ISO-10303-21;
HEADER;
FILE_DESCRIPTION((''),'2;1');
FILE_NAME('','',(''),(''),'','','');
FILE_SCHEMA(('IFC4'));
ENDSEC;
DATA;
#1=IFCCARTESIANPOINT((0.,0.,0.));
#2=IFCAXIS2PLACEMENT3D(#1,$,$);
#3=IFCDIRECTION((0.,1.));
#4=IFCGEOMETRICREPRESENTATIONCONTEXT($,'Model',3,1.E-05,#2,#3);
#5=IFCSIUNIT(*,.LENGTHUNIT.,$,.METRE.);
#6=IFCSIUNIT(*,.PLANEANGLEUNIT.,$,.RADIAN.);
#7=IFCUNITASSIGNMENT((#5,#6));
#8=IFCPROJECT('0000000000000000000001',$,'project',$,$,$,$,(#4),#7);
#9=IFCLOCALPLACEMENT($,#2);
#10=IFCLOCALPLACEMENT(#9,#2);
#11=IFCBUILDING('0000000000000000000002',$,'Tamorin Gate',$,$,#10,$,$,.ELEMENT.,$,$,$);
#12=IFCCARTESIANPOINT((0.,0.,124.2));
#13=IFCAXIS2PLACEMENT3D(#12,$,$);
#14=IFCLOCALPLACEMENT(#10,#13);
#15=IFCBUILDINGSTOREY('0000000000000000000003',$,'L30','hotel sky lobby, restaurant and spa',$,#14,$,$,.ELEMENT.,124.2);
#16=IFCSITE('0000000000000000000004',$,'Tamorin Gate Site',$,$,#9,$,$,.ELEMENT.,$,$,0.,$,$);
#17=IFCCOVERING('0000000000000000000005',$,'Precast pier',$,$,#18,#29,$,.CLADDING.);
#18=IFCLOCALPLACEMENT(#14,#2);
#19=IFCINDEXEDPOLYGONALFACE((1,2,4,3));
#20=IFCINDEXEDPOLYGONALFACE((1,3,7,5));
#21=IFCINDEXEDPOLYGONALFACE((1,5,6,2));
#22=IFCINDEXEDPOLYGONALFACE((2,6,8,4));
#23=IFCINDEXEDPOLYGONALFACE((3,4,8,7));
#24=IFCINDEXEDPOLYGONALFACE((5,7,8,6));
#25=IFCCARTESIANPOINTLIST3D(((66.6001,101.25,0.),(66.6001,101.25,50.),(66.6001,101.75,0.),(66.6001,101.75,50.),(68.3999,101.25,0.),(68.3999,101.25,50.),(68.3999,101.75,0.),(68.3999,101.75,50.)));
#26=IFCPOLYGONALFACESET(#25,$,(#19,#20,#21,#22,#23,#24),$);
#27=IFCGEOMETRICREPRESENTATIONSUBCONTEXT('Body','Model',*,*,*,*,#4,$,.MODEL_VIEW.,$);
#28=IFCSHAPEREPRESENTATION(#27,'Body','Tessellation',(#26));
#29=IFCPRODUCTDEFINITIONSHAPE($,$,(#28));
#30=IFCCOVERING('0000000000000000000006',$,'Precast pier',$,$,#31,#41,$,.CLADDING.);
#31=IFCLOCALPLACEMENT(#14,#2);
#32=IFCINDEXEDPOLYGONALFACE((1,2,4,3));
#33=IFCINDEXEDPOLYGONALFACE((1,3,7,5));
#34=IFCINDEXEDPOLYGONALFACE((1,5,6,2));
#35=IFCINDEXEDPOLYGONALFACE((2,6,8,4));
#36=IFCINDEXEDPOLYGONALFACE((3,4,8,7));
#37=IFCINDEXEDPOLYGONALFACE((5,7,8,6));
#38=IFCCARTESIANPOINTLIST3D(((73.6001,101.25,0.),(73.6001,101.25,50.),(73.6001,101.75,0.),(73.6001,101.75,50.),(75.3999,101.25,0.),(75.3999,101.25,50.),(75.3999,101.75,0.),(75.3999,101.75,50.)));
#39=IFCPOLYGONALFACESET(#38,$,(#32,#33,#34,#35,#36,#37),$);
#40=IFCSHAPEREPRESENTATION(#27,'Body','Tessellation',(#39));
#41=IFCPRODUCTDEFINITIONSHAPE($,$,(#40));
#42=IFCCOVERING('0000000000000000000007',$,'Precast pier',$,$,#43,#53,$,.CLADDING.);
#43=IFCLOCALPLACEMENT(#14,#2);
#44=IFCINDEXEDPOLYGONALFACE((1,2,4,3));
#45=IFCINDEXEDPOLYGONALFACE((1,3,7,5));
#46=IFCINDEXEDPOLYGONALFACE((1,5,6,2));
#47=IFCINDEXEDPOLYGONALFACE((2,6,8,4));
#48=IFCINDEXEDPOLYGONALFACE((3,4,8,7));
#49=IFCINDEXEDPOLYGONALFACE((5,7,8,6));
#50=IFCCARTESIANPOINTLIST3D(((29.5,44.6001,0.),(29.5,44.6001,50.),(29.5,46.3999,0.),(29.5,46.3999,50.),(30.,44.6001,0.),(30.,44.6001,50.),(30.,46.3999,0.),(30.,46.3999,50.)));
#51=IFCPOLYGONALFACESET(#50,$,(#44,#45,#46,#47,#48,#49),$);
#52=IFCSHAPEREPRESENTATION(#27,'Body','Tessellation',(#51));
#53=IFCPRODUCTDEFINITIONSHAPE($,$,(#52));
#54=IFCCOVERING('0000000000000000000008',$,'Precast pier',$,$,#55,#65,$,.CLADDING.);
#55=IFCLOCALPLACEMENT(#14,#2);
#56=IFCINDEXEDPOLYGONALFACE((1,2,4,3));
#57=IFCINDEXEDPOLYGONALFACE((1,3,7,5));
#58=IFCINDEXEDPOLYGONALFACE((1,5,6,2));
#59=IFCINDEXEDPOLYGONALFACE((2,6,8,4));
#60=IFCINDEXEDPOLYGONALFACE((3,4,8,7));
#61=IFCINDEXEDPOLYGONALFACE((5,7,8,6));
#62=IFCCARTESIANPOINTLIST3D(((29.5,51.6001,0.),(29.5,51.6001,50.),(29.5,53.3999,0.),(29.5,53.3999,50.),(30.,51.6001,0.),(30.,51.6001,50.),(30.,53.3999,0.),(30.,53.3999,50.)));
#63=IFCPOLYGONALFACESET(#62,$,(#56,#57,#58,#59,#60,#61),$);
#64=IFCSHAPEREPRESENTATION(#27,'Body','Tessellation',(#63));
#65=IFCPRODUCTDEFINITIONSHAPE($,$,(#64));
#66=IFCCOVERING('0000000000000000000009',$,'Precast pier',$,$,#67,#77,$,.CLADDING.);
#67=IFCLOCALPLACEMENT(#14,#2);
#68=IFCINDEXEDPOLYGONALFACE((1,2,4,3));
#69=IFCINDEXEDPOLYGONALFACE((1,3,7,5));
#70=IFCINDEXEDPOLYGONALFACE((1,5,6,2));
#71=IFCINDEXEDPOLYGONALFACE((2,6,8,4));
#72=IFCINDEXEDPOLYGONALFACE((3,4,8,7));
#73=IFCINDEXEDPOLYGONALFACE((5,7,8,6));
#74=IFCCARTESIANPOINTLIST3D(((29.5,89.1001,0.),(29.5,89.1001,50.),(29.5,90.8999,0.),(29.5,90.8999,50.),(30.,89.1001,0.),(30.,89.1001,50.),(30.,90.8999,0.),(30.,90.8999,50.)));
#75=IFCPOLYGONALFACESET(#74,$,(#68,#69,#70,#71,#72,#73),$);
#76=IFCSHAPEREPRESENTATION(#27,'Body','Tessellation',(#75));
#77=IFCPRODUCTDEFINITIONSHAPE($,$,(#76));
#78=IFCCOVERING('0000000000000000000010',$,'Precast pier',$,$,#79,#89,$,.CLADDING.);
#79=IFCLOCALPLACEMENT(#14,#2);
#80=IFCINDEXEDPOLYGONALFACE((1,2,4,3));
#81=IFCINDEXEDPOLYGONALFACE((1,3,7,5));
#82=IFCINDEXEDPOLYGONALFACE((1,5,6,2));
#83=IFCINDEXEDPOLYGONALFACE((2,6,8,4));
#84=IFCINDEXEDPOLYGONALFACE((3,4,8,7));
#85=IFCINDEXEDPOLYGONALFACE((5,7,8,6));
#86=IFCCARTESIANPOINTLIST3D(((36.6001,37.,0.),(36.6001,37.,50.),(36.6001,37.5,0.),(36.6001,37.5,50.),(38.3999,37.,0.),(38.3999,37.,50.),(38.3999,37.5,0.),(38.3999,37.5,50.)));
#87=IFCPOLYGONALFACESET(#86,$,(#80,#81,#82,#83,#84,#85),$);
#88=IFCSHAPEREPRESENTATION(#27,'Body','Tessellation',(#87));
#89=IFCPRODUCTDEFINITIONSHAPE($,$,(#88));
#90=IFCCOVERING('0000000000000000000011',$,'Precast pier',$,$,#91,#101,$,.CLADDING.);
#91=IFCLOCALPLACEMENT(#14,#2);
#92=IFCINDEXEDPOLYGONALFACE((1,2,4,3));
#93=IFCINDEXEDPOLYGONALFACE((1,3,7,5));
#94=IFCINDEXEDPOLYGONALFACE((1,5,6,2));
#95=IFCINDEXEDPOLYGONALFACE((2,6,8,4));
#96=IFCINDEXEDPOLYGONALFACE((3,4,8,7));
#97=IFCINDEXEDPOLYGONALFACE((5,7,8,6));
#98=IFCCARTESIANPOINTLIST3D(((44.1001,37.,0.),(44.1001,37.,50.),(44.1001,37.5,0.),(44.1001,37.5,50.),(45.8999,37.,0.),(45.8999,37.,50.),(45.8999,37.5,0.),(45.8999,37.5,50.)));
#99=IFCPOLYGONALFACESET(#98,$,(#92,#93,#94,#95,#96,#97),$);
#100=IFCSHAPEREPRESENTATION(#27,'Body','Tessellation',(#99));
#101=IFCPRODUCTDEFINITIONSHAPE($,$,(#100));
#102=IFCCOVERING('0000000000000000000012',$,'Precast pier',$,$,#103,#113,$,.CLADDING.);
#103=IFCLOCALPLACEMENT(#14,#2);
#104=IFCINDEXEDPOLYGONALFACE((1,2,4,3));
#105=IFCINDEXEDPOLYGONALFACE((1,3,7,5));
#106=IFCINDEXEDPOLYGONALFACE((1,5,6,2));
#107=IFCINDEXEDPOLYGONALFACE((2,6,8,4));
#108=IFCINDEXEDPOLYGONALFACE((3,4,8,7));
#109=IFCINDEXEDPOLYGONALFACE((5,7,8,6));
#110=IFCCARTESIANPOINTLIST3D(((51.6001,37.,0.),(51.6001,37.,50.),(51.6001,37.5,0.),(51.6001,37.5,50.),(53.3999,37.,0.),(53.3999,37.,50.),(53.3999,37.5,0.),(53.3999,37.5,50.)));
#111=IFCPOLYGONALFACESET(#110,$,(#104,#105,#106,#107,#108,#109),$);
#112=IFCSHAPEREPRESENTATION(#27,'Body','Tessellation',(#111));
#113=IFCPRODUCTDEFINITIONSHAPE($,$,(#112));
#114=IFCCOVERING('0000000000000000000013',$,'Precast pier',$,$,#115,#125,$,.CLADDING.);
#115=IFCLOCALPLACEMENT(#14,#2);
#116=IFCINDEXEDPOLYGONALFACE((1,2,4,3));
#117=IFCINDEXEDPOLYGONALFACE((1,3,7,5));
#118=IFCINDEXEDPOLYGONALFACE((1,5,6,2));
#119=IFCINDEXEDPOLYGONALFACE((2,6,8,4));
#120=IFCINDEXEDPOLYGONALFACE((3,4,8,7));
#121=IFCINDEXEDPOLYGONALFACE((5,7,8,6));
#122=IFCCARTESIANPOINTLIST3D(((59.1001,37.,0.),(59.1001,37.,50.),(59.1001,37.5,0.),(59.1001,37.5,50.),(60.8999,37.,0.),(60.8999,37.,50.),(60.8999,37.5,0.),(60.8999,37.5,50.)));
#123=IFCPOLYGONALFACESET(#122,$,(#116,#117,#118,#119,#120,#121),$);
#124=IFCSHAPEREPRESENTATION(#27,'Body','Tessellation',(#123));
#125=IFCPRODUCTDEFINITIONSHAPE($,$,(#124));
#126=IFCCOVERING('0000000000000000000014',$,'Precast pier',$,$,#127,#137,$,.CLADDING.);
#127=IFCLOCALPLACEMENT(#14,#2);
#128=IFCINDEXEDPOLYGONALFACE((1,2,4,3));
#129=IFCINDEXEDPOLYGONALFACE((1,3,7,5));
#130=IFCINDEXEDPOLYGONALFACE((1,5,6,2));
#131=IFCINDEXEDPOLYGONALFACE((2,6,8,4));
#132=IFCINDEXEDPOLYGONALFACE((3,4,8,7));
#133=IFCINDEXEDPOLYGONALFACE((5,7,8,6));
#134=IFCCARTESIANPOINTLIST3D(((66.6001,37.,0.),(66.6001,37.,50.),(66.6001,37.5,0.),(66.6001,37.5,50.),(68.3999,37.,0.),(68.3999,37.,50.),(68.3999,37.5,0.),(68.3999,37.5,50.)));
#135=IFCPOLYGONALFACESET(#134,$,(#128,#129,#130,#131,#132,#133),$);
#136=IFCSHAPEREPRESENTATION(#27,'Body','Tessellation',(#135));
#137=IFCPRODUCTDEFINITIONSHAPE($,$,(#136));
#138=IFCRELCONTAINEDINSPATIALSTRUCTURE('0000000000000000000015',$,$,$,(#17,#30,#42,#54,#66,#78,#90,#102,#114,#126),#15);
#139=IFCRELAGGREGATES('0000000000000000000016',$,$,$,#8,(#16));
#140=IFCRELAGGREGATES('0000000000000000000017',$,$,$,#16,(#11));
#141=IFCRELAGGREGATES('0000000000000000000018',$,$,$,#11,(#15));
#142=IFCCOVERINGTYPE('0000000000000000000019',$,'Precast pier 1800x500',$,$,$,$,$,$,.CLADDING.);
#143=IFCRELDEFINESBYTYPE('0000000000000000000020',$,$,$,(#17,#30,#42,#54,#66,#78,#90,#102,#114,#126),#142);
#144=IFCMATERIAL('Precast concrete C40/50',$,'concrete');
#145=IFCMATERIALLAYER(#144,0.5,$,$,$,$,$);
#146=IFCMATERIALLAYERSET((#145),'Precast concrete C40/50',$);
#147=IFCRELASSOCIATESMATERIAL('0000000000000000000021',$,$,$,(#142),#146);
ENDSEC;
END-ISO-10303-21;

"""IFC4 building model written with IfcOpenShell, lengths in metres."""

from ifc_helpers import new_model, si_unit, direction, frame, origin, place, context, subcontext, project, spatial, polyline, outline, extrude, material, layer, layer_set, type_object, element, save


model = new_model("IFC4")

# Units and contexts
model_context = context("Model", 3, precision=1e-05, world=origin(), true_north=direction((0.0, 1.0)))
body_context = subcontext(model_context, "Body", "Model", "MODEL_VIEW")
ifc_project = project(units=[si_unit("LENGTHUNIT", "METRE"), si_unit("PLANEANGLEUNIT", "RADIAN")], contexts=[model_context])

# Site, building, storey
site_placement = place(None, origin())
site = spatial("IfcSite", under=ifc_project, at=site_placement, Name="Tamorin Gate Site", CompositionType="ELEMENT", RefElevation=0.0)
building_placement = place(site_placement, origin())
building = spatial("IfcBuilding", under=site, at=building_placement, Name="Tamorin Gate", CompositionType="ELEMENT")
storey_placement = place(building_placement, frame((0.0, 0.0, 124.2)))
storey = spatial("IfcBuildingStorey", under=building, at=storey_placement, Name="L30", Description="hotel sky lobby, restaurant and spa", CompositionType="ELEMENT", Elevation=124.2)

# Coverings
ifc_material_1 = material(Name="Precast concrete C40/50", Category="concrete")
ifc_layer_1 = layer(ifc_material_1, 0.5)
ifc_layer_set_1 = layer_set([ifc_layer_1], Name="Precast concrete C40/50")
covering_type_1 = type_object("IfcCoveringType", Name="Precast pier 1800x500", PredefinedType="CLADDING", material=ifc_layer_set_1)
covering_1_placement = place(storey_placement, origin())
element("IfcCovering", 1, at=covering_1_placement, inside=storey, type_object=covering_type_1, Name="Precast pier", PredefinedType="CLADDING", context=body_context, shape_type="SweptSolid", body=[
    extrude(outline(polyline([(68.3999, 101.25), (66.6001, 101.25), (66.6001, 101.75), (68.3999, 101.75), (68.3999, 101.25)])), origin(), (0.0, 0.0, 1.0), 50.0),
])
covering_2_placement = place(storey_placement, origin())
element("IfcCovering", 2, at=covering_2_placement, inside=storey, type_object=covering_type_1, Name="Precast pier", PredefinedType="CLADDING", context=body_context, shape_type="SweptSolid", body=[
    extrude(outline(polyline([(75.3999, 101.25), (73.6001, 101.25), (73.6001, 101.75), (75.3999, 101.75), (75.3999, 101.25)])), origin(), (0.0, 0.0, 1.0), 50.0),
])
covering_3_placement = place(storey_placement, origin())
element("IfcCovering", 3, at=covering_3_placement, inside=storey, type_object=covering_type_1, Name="Precast pier", PredefinedType="CLADDING", context=body_context, shape_type="SweptSolid", body=[
    extrude(outline(polyline([(30.0, 46.3999), (30.0, 44.6001), (29.5, 44.6001), (29.5, 46.3999), (30.0, 46.3999)])), origin(), (0.0, 0.0, 1.0), 50.0),
])
covering_4_placement = place(storey_placement, origin())
element("IfcCovering", 4, at=covering_4_placement, inside=storey, type_object=covering_type_1, Name="Precast pier", PredefinedType="CLADDING", context=body_context, shape_type="SweptSolid", body=[
    extrude(outline(polyline([(30.0, 53.3999), (30.0, 51.6001), (29.5, 51.6001), (29.5, 53.3999), (30.0, 53.3999)])), origin(), (0.0, 0.0, 1.0), 50.0),
])
covering_5_placement = place(storey_placement, origin())
element("IfcCovering", 5, at=covering_5_placement, inside=storey, type_object=covering_type_1, Name="Precast pier", PredefinedType="CLADDING", context=body_context, shape_type="SweptSolid", body=[
    extrude(outline(polyline([(30.0, 90.8999), (30.0, 89.1001), (29.5, 89.1001), (29.5, 90.8999), (30.0, 90.8999)])), origin(), (0.0, 0.0, 1.0), 50.0),
])
covering_6_placement = place(storey_placement, origin())
element("IfcCovering", 6, at=covering_6_placement, inside=storey, type_object=covering_type_1, Name="Precast pier", PredefinedType="CLADDING", context=body_context, shape_type="SweptSolid", body=[
    extrude(outline(polyline([(36.6001, 37.5), (38.3999, 37.5), (38.3999, 37.0), (36.6001, 37.0), (36.6001, 37.5)])), origin(), (0.0, 0.0, 1.0), 50.0),
])
covering_7_placement = place(storey_placement, origin())
element("IfcCovering", 7, at=covering_7_placement, inside=storey, type_object=covering_type_1, Name="Precast pier", PredefinedType="CLADDING", context=body_context, shape_type="SweptSolid", body=[
    extrude(outline(polyline([(44.1001, 37.5), (45.8999, 37.5), (45.8999, 37.0), (44.1001, 37.0), (44.1001, 37.5)])), origin(), (0.0, 0.0, 1.0), 50.0),
])
covering_8_placement = place(storey_placement, origin())
element("IfcCovering", 8, at=covering_8_placement, inside=storey, type_object=covering_type_1, Name="Precast pier", PredefinedType="CLADDING", context=body_context, shape_type="SweptSolid", body=[
    extrude(outline(polyline([(51.6001, 37.5), (53.3999, 37.5), (53.3999, 37.0), (51.6001, 37.0), (51.6001, 37.5)])), origin(), (0.0, 0.0, 1.0), 50.0),
])
covering_9_placement = place(storey_placement, origin())
element("IfcCovering", 9, at=covering_9_placement, inside=storey, type_object=covering_type_1, Name="Precast pier", PredefinedType="CLADDING", context=body_context, shape_type="SweptSolid", body=[
    extrude(outline(polyline([(59.1001, 37.5), (60.8999, 37.5), (60.8999, 37.0), (59.1001, 37.0), (59.1001, 37.5)])), origin(), (0.0, 0.0, 1.0), 50.0),
])
covering_10_placement = place(storey_placement, origin())
element("IfcCovering", 10, at=covering_10_placement, inside=storey, type_object=covering_type_1, Name="Precast pier", PredefinedType="CLADDING", context=body_context, shape_type="SweptSolid", body=[
    extrude(outline(polyline([(66.6001, 37.5), (68.3999, 37.5), (68.3999, 37.0), (66.6001, 37.0), (66.6001, 37.5)])), origin(), (0.0, 0.0, 1.0), 50.0),
])

save(model, "model.ifc")
